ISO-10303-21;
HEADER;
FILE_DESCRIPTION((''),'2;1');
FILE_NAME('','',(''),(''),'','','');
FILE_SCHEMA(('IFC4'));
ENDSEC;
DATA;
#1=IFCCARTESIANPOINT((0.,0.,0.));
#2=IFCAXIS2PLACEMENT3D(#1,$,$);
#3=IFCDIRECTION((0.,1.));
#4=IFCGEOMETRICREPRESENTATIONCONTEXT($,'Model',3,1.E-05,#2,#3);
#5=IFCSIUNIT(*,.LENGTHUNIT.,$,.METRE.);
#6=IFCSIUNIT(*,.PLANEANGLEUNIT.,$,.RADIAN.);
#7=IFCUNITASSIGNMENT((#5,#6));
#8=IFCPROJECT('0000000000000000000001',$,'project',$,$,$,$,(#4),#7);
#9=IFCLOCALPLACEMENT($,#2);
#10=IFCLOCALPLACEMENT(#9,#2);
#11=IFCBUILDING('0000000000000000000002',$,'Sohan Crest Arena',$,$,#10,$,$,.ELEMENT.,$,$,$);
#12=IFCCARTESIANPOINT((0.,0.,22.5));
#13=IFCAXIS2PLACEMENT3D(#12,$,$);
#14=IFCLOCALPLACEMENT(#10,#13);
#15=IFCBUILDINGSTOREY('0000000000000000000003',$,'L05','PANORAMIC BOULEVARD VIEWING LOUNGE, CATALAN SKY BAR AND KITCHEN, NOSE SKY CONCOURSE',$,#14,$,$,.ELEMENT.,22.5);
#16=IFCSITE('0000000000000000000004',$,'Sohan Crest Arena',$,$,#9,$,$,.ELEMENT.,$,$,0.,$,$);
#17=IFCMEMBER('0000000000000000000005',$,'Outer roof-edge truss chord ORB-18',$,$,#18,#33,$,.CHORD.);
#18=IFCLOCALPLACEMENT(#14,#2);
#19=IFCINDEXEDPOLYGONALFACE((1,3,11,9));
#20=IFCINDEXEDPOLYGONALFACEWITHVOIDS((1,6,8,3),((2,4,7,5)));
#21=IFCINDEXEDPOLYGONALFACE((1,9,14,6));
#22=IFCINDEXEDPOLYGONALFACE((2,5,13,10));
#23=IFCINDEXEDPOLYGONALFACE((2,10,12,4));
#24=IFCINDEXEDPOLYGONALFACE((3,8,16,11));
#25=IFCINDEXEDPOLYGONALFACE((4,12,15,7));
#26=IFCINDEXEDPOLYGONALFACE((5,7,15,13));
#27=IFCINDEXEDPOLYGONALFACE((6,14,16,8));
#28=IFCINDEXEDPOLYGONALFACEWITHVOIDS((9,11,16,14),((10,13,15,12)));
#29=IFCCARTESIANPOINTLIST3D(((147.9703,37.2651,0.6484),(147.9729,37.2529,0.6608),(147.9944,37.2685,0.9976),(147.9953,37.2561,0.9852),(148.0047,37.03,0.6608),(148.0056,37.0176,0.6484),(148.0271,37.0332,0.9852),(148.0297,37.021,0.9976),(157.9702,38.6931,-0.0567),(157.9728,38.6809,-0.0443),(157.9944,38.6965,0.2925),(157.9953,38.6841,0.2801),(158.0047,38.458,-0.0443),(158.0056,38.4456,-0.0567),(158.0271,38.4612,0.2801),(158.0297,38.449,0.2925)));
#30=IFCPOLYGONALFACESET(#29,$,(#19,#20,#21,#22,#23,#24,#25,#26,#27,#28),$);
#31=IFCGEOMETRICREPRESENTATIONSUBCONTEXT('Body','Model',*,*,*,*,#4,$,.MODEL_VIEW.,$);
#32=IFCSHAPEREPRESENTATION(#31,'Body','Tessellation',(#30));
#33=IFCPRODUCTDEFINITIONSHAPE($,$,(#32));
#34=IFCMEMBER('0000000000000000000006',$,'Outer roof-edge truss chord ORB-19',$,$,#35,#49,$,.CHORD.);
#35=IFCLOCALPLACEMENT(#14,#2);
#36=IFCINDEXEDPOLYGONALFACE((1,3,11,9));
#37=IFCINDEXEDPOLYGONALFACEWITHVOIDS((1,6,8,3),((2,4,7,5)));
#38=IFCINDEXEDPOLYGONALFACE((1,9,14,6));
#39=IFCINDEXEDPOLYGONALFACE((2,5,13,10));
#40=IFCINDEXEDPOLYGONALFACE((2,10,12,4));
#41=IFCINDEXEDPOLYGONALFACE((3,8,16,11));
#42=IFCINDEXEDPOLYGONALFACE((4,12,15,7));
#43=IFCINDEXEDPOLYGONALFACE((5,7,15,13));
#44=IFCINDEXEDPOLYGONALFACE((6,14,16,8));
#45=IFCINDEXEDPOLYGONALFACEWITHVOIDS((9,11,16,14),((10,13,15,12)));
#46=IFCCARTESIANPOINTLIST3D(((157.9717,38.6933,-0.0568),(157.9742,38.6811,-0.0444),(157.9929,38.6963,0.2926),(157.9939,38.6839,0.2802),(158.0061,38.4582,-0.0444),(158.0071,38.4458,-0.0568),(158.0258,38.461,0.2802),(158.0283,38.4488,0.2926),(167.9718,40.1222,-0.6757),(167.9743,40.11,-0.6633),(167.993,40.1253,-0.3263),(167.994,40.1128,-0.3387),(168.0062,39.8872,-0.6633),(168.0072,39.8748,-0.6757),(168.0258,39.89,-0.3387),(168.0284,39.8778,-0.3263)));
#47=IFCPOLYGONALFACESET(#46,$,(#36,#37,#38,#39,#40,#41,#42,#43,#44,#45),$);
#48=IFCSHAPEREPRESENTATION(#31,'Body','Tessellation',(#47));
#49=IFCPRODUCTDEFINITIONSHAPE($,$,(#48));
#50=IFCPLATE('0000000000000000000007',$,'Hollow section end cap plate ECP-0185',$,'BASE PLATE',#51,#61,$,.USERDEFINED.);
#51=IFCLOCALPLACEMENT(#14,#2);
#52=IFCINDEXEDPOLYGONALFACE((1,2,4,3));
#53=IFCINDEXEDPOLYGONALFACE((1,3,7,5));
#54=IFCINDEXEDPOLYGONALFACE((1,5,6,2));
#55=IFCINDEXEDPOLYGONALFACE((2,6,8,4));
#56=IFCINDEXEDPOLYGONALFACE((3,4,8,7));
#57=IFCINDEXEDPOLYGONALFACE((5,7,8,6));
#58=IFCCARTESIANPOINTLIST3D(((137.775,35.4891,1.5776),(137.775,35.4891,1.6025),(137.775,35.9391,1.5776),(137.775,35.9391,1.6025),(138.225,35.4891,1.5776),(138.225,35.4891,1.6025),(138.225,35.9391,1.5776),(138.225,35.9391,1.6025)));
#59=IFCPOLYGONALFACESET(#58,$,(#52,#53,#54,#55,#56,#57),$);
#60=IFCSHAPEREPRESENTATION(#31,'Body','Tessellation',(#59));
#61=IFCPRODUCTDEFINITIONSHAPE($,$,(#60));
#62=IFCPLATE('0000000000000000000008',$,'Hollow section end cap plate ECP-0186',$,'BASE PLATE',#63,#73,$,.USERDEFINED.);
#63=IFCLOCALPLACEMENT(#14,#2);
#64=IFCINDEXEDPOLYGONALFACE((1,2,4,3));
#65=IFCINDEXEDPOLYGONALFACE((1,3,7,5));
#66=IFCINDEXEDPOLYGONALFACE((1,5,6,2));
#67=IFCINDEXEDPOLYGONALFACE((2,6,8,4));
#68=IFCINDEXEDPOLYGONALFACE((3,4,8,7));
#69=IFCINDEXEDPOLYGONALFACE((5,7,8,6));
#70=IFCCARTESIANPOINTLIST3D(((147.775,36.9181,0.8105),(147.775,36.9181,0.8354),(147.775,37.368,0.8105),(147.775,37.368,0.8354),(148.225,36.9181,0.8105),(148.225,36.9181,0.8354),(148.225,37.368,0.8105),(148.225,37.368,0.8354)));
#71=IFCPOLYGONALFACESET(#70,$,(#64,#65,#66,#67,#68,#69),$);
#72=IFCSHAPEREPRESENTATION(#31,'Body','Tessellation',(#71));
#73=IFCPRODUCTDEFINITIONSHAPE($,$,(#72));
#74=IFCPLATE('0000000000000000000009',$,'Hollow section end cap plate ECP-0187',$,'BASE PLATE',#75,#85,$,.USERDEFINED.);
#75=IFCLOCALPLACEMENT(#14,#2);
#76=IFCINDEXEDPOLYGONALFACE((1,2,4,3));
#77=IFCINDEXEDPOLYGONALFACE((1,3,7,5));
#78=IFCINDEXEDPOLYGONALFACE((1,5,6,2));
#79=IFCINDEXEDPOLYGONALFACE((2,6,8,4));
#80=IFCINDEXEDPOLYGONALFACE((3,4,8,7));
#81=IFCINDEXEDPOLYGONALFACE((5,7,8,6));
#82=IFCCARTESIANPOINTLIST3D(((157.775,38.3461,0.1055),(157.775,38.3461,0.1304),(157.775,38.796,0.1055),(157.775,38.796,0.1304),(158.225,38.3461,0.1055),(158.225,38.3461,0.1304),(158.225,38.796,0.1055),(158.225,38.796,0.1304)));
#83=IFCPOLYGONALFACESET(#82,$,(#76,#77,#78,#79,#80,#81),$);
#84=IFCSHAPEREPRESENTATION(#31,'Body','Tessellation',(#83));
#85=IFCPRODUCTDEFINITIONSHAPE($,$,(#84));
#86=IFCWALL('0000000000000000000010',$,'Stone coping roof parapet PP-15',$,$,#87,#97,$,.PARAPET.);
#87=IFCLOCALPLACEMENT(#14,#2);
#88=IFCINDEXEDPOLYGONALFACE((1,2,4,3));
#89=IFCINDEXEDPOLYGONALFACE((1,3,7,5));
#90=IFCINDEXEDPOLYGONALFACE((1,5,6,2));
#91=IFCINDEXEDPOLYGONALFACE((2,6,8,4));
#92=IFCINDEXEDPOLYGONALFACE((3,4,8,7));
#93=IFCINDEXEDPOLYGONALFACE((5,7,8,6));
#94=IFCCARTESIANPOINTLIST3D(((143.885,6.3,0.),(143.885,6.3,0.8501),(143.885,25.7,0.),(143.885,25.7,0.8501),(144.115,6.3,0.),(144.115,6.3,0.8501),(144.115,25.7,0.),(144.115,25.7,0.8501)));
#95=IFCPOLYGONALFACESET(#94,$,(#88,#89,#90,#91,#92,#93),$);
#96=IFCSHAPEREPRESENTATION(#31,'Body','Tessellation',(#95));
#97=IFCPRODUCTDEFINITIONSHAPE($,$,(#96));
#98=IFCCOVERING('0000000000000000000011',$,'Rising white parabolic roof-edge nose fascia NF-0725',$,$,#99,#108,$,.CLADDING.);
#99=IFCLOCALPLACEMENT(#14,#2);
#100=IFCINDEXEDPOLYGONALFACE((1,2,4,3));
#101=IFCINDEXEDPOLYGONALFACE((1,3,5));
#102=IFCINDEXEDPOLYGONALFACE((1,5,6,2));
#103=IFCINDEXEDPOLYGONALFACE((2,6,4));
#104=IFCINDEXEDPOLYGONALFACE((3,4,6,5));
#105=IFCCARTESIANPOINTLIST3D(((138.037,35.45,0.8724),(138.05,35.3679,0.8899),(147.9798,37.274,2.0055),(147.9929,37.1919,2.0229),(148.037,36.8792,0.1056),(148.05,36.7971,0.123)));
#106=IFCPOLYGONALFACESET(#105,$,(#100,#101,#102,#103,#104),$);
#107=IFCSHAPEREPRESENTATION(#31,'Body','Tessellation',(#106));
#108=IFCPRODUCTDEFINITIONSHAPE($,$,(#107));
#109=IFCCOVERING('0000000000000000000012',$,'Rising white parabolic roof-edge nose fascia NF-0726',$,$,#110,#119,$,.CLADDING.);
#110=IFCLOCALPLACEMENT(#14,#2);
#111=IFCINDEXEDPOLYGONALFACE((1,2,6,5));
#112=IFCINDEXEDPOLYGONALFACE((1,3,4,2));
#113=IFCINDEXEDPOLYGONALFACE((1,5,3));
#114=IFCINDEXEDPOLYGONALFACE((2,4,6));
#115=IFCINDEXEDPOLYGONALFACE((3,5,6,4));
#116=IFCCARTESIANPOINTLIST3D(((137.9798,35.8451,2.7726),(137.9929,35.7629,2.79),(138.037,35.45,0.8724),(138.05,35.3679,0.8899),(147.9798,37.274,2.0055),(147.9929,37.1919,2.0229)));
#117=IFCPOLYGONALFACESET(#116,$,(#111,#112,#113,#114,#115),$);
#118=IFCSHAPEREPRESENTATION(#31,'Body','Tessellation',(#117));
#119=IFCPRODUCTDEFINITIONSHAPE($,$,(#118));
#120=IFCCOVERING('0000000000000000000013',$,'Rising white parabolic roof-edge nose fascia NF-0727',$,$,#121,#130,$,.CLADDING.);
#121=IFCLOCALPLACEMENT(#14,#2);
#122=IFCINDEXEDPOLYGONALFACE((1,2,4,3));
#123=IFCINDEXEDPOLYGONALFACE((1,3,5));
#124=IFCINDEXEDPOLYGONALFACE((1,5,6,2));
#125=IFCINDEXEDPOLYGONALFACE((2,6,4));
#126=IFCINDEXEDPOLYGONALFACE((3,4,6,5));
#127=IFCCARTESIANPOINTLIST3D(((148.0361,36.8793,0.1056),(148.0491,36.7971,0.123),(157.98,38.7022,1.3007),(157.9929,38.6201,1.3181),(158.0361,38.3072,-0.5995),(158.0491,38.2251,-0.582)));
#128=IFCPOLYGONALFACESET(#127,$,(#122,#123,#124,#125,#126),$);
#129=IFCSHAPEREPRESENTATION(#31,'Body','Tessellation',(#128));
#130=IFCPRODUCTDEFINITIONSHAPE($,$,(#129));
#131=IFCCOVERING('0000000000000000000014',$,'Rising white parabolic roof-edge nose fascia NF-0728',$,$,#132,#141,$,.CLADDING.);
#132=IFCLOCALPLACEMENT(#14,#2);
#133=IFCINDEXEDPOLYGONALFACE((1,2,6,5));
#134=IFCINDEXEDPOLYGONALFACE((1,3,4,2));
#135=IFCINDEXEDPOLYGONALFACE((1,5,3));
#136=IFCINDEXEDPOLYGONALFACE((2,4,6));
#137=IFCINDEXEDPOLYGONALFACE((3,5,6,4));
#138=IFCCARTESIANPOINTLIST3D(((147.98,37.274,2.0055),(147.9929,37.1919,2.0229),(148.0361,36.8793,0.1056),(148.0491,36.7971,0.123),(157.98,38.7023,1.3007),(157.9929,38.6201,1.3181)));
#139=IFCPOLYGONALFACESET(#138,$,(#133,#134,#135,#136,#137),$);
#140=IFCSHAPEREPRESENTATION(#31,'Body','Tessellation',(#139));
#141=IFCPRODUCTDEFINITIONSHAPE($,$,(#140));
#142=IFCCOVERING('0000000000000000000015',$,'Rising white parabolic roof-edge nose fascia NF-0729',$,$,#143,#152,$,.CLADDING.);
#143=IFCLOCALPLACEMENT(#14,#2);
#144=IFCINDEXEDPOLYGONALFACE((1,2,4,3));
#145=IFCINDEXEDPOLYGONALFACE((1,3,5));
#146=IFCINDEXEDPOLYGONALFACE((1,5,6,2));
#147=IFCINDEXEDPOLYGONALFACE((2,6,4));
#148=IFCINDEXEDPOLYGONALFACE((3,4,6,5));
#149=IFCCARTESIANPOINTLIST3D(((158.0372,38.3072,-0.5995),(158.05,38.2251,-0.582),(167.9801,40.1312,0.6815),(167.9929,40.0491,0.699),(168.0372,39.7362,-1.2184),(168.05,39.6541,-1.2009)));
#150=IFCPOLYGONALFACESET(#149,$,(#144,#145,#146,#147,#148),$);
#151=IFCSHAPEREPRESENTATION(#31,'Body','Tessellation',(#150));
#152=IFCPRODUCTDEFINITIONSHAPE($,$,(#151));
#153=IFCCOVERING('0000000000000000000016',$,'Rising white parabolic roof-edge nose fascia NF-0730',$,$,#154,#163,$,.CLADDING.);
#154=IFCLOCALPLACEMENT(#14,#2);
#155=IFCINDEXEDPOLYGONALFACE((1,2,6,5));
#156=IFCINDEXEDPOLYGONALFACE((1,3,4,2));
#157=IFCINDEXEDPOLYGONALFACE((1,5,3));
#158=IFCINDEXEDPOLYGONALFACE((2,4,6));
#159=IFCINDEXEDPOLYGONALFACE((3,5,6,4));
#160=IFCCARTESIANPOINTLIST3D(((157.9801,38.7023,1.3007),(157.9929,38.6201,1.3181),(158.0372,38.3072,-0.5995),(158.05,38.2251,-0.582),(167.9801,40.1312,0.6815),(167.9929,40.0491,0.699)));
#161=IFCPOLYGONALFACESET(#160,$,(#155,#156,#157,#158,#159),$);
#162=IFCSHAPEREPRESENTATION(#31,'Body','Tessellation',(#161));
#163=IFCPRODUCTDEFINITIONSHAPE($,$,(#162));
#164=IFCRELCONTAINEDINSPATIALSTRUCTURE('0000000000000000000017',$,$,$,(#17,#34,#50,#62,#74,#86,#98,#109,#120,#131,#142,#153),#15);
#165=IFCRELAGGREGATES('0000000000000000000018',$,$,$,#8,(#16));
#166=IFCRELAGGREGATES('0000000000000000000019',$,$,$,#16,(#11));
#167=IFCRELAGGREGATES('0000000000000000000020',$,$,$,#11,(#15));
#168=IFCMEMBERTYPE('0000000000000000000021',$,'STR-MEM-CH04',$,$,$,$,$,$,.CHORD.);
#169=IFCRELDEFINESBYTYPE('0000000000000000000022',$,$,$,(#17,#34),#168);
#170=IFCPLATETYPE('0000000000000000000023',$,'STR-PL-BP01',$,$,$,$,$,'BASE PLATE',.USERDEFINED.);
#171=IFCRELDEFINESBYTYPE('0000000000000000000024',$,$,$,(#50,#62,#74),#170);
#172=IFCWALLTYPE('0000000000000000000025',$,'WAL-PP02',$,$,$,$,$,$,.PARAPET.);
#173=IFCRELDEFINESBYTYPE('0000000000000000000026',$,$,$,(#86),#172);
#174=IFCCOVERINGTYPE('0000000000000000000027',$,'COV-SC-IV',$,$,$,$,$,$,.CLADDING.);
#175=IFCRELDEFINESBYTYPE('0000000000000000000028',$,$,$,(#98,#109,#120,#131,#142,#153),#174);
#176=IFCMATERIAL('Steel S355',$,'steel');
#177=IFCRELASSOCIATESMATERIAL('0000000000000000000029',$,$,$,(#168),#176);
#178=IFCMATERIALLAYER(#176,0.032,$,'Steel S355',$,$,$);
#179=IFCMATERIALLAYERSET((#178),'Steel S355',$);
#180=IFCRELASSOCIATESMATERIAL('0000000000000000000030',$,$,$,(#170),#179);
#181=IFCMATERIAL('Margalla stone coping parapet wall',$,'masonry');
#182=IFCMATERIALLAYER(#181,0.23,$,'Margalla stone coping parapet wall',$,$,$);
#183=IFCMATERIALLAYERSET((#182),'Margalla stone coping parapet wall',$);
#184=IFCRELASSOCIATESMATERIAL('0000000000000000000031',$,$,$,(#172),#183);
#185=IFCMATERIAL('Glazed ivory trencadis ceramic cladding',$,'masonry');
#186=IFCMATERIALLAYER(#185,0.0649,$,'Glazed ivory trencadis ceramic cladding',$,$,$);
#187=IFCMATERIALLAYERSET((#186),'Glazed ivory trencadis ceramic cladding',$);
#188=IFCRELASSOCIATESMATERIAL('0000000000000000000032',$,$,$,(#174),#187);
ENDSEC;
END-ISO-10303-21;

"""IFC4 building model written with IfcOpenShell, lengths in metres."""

from ifc_helpers import new_model, si_unit, direction, frame, frame_2d, origin, origin_2d, place, context, subcontext, project, spatial, polyline, rectangle, hollow_rectangle, outline, extrude, material, layer, layer_set, material_profile, profile_set, type_object, element, save


model = new_model("IFC4")

# Units and contexts
model_context = context("Model", 3, precision=1e-05, world=origin(), true_north=direction((0.0, 1.0)))
body_context = subcontext(model_context, "Body", "Model", "MODEL_VIEW")
ifc_project = project(units=[si_unit("LENGTHUNIT", "METRE"), si_unit("PLANEANGLEUNIT", "RADIAN")], contexts=[model_context])

# Site, building, storey
site_placement = place(None, origin())
site = spatial("IfcSite", under=ifc_project, at=site_placement, Name="Sohan Crest Arena", CompositionType="ELEMENT", RefElevation=0.0)
building_placement = place(site_placement, origin())
building = spatial("IfcBuilding", under=site, at=building_placement, Name="Sohan Crest Arena", CompositionType="ELEMENT")
storey_placement = place(building_placement, frame((0.0, 0.0, 22.5)))
storey = spatial("IfcBuildingStorey", under=building, at=storey_placement, Name="L05", Description="PANORAMIC BOULEVARD VIEWING LOUNGE, CATALAN SKY BAR AND KITCHEN, NOSE SKY CONCOURSE", CompositionType="ELEMENT", Elevation=22.5)

# Shared definitions
ifc_material_1 = material(Name="Steel S355", Category="steel")

# Members
ifc_material_profile_1 = material_profile(ifc_material_1, hollow_rectangle(XDim=0.25, YDim=0.3501, WallThickness=0.0125, at=origin_2d()), Name="RHS 350x250x12.5")
ifc_profile_set_1 = profile_set([ifc_material_profile_1], Name="Steel S355")
member_type = type_object("IfcMemberType", Name="STR-MEM-CH04", PredefinedType="CHORD", material=ifc_profile_set_1)
member_1_placement = place(storey_placement, frame((148.0, 37.1431, 0.823), z_axis=(0.987555, 0.141021, -0.06963), x_axis=(-0.141364, 0.989958, 0.0)))
element("IfcMember", 1, at=member_1_placement, inside=storey, type_object=member_type, Name="Outer roof-edge truss chord ORB-18", PredefinedType="CHORD", context=body_context, shape_type="SweptSolid", body=[
    extrude(hollow_rectangle(XDim=0.25, YDim=0.3501, WallThickness=0.0125, at=origin_2d()), origin(), (0.0, 0.0, 1.0), 10.126),
])
member_2_placement = place(storey_placement, frame((158.0, 38.571, 0.1179), z_axis=(0.988091, 0.141194, -0.061153), x_axis=(-0.141459, 0.989944, 0.0)))
element("IfcMember", 2, at=member_2_placement, inside=storey, type_object=member_type, Name="Outer roof-edge truss chord ORB-19", PredefinedType="CHORD", context=body_context, shape_type="SweptSolid", body=[
    extrude(hollow_rectangle(XDim=0.25, YDim=0.3501, WallThickness=0.0125, at=origin_2d()), origin(), (0.0, 0.0, 1.0), 10.1206),
])

# Plates
ifc_layer_1 = layer(ifc_material_1, 0.032, Name="Steel S355")
ifc_layer_set_1 = layer_set([ifc_layer_1], Name="Steel S355")
plate_type = type_object("IfcPlateType", Name="STR-PL-BP01", ElementType="BASE PLATE", PredefinedType="USERDEFINED", material=ifc_layer_set_1)
for number, where, z_axis, x_axis, name in (
    (3, (138.0, 35.7141, 1.5776), (0.0, 0.0, 1.0), (1.0, 0.0, 0.0), "Hollow section end cap plate ECP-0185"),
    (4, (148.0, 37.1431, 0.8105), (0.0, 0.0, 1.0), (1.0, 0.0, 0.0), "Hollow section end cap plate ECP-0186"),
    (5, (158.0, 38.571, 0.1055), (0.0, 0.0, 1.0), (1.0, 0.0, 0.0), "Hollow section end cap plate ECP-0187"),
):
    element("IfcPlate", number, at=place(storey_placement, frame(where, z_axis=z_axis, x_axis=x_axis)), inside=storey, type_object=plate_type, Name=name, ObjectType="BASE PLATE", PredefinedType="USERDEFINED", context=body_context, shape_type="SweptSolid", body=[
        extrude(rectangle(XDim=0.45, YDim=0.45, at=origin_2d()), origin(), (0.0, 0.0, 1.0), 0.0249),
    ])

# Wall
ifc_material_2 = material(Name="Margalla stone coping parapet wall", Category="masonry")
ifc_layer_2 = layer(ifc_material_2, 0.23, Name="Margalla stone coping parapet wall")
ifc_layer_set_2 = layer_set([ifc_layer_2], Name="Margalla stone coping parapet wall")
wall_type = type_object("IfcWallType", Name="WAL-PP02", PredefinedType="PARAPET", material=ifc_layer_set_2)
wall_placement = place(storey_placement, frame((144.0, 6.3, 0.0), z_axis=(0.0, 0.0, 1.0), x_axis=(0.0, 1.0, 0.0)))
element("IfcWall", 6, at=wall_placement, inside=storey, type_object=wall_type, Name="Stone coping roof parapet PP-15", PredefinedType="PARAPET", context=body_context, shape_type="SweptSolid", body=[
    extrude(rectangle(XDim=19.3999, YDim=0.23, at=frame_2d((9.7, 0.0))), origin(), (0.0, 0.0, 1.0), 0.8501),
])

# Coverings
ifc_material_3 = material(Name="Glazed ivory trencadis ceramic cladding", Category="masonry")
ifc_layer_3 = layer(ifc_material_3, 0.0649, Name="Glazed ivory trencadis ceramic cladding")
ifc_layer_set_3 = layer_set([ifc_layer_3], Name="Glazed ivory trencadis ceramic cladding")
covering_type = type_object("IfcCoveringType", Name="COV-SC-IV", PredefinedType="CLADDING", material=ifc_layer_set_3)
covering_1_placement = place(storey_placement, frame((138.05, 35.3679, 0.8899), z_axis=(0.153886, -0.966493, 0.205452), x_axis=(0.987101, 0.141076, -0.075695)))
element("IfcCovering", 7, at=covering_1_placement, inside=storey, type_object=covering_type, Name="Rising white parabolic roof-edge nose fascia NF-0725", PredefinedType="CLADDING", context=body_context, shape_type="SweptSolid", body=[
    extrude(outline(polyline([(0.0, 0.0), (10.1307, 0.0), (9.9862, 1.9359), (0.0, 0.0)])), origin(), (0.0, 0.0, -1.0), 0.085),
])
covering_2_placement = place(storey_placement, frame((138.05, 35.3679, 0.8899), z_axis=(0.153872, -0.966475, 0.205546), x_axis=(0.977466, 0.179312, 0.111389)))
element("IfcCovering", 8, at=covering_2_placement, inside=storey, type_object=covering_type, Name="Rising white parabolic roof-edge nose fascia NF-0726", PredefinedType="CLADDING", context=body_context, shape_type="SweptSolid", body=[
    extrude(outline(polyline([(0.0, 0.0), (10.1721, 0.0), (0.2266, 1.9283), (0.0, 0.0)])), origin(), (0.0, 0.0, -1.0), 0.085),
])
covering_3_placement = place(storey_placement, frame((148.0491, 36.7971, 0.123), z_axis=(0.152531, -0.966703, 0.205474), x_axis=(0.987555, 0.141021, -0.06963)))
element("IfcCovering", 9, at=covering_3_placement, inside=storey, type_object=covering_type, Name="Rising white parabolic roof-edge nose fascia NF-0727", PredefinedType="CLADDING", context=body_context, shape_type="SweptSolid", body=[
    extrude(outline(polyline([(0.0, 0.0), (10.126, 0.0), (9.994, 1.9371), (0.0, 0.0)])), origin(), (0.0, 0.0, -1.0), 0.085),
])
covering_4_placement = place(storey_placement, frame((148.0491, 36.7971, 0.123), z_axis=(0.152545, -0.966721, 0.205381), x_axis=(0.976806, 0.179077, 0.117394)))
element("IfcCovering", 10, at=covering_4_placement, inside=storey, type_object=covering_type, Name="Rising white parabolic roof-edge nose fascia NF-0728", PredefinedType="CLADDING", context=body_context, shape_type="SweptSolid", body=[
    extrude(outline(polyline([(0.0, 0.0), (10.18, 0.0), (0.2389, 1.9265), (0.0, 0.0)])), origin(), (0.0, 0.0, -1.0), 0.085),
])
covering_5_placement = place(storey_placement, frame((158.05, 38.2251, -0.582), z_axis=(0.150894, -0.966938, 0.205579), x_axis=(0.988091, 0.141194, -0.061153)))
element("IfcCovering", 11, at=covering_5_placement, inside=storey, type_object=covering_type, Name="Rising white parabolic roof-edge nose fascia NF-0729", PredefinedType="CLADDING", context=body_context, shape_type="SweptSolid", body=[
    extrude(outline(polyline([(0.0, 0.0), (10.1205, 0.0), (10.0037, 1.9379), (0.0, 0.0)])), origin(), (0.0, 0.0, -1.0), 0.085),
])
covering_6_placement = place(storey_placement, frame((158.05, 38.2251, -0.582), z_axis=(0.150898, -0.966942, 0.205553), x_axis=(0.975783, 0.179003, 0.125717)))
element("IfcCovering", 12, at=covering_6_placement, inside=storey, type_object=covering_type, Name="Rising white parabolic roof-edge nose fascia NF-0730", PredefinedType="CLADDING", context=body_context, shape_type="SweptSolid", body=[
    extrude(outline(polyline([(0.0, 0.0), (10.1896, 0.0), (0.2538, 1.9249), (0.0, 0.0)])), origin(), (0.0, 0.0, -1.0), 0.085),
])

save(model, "model.ifc")
